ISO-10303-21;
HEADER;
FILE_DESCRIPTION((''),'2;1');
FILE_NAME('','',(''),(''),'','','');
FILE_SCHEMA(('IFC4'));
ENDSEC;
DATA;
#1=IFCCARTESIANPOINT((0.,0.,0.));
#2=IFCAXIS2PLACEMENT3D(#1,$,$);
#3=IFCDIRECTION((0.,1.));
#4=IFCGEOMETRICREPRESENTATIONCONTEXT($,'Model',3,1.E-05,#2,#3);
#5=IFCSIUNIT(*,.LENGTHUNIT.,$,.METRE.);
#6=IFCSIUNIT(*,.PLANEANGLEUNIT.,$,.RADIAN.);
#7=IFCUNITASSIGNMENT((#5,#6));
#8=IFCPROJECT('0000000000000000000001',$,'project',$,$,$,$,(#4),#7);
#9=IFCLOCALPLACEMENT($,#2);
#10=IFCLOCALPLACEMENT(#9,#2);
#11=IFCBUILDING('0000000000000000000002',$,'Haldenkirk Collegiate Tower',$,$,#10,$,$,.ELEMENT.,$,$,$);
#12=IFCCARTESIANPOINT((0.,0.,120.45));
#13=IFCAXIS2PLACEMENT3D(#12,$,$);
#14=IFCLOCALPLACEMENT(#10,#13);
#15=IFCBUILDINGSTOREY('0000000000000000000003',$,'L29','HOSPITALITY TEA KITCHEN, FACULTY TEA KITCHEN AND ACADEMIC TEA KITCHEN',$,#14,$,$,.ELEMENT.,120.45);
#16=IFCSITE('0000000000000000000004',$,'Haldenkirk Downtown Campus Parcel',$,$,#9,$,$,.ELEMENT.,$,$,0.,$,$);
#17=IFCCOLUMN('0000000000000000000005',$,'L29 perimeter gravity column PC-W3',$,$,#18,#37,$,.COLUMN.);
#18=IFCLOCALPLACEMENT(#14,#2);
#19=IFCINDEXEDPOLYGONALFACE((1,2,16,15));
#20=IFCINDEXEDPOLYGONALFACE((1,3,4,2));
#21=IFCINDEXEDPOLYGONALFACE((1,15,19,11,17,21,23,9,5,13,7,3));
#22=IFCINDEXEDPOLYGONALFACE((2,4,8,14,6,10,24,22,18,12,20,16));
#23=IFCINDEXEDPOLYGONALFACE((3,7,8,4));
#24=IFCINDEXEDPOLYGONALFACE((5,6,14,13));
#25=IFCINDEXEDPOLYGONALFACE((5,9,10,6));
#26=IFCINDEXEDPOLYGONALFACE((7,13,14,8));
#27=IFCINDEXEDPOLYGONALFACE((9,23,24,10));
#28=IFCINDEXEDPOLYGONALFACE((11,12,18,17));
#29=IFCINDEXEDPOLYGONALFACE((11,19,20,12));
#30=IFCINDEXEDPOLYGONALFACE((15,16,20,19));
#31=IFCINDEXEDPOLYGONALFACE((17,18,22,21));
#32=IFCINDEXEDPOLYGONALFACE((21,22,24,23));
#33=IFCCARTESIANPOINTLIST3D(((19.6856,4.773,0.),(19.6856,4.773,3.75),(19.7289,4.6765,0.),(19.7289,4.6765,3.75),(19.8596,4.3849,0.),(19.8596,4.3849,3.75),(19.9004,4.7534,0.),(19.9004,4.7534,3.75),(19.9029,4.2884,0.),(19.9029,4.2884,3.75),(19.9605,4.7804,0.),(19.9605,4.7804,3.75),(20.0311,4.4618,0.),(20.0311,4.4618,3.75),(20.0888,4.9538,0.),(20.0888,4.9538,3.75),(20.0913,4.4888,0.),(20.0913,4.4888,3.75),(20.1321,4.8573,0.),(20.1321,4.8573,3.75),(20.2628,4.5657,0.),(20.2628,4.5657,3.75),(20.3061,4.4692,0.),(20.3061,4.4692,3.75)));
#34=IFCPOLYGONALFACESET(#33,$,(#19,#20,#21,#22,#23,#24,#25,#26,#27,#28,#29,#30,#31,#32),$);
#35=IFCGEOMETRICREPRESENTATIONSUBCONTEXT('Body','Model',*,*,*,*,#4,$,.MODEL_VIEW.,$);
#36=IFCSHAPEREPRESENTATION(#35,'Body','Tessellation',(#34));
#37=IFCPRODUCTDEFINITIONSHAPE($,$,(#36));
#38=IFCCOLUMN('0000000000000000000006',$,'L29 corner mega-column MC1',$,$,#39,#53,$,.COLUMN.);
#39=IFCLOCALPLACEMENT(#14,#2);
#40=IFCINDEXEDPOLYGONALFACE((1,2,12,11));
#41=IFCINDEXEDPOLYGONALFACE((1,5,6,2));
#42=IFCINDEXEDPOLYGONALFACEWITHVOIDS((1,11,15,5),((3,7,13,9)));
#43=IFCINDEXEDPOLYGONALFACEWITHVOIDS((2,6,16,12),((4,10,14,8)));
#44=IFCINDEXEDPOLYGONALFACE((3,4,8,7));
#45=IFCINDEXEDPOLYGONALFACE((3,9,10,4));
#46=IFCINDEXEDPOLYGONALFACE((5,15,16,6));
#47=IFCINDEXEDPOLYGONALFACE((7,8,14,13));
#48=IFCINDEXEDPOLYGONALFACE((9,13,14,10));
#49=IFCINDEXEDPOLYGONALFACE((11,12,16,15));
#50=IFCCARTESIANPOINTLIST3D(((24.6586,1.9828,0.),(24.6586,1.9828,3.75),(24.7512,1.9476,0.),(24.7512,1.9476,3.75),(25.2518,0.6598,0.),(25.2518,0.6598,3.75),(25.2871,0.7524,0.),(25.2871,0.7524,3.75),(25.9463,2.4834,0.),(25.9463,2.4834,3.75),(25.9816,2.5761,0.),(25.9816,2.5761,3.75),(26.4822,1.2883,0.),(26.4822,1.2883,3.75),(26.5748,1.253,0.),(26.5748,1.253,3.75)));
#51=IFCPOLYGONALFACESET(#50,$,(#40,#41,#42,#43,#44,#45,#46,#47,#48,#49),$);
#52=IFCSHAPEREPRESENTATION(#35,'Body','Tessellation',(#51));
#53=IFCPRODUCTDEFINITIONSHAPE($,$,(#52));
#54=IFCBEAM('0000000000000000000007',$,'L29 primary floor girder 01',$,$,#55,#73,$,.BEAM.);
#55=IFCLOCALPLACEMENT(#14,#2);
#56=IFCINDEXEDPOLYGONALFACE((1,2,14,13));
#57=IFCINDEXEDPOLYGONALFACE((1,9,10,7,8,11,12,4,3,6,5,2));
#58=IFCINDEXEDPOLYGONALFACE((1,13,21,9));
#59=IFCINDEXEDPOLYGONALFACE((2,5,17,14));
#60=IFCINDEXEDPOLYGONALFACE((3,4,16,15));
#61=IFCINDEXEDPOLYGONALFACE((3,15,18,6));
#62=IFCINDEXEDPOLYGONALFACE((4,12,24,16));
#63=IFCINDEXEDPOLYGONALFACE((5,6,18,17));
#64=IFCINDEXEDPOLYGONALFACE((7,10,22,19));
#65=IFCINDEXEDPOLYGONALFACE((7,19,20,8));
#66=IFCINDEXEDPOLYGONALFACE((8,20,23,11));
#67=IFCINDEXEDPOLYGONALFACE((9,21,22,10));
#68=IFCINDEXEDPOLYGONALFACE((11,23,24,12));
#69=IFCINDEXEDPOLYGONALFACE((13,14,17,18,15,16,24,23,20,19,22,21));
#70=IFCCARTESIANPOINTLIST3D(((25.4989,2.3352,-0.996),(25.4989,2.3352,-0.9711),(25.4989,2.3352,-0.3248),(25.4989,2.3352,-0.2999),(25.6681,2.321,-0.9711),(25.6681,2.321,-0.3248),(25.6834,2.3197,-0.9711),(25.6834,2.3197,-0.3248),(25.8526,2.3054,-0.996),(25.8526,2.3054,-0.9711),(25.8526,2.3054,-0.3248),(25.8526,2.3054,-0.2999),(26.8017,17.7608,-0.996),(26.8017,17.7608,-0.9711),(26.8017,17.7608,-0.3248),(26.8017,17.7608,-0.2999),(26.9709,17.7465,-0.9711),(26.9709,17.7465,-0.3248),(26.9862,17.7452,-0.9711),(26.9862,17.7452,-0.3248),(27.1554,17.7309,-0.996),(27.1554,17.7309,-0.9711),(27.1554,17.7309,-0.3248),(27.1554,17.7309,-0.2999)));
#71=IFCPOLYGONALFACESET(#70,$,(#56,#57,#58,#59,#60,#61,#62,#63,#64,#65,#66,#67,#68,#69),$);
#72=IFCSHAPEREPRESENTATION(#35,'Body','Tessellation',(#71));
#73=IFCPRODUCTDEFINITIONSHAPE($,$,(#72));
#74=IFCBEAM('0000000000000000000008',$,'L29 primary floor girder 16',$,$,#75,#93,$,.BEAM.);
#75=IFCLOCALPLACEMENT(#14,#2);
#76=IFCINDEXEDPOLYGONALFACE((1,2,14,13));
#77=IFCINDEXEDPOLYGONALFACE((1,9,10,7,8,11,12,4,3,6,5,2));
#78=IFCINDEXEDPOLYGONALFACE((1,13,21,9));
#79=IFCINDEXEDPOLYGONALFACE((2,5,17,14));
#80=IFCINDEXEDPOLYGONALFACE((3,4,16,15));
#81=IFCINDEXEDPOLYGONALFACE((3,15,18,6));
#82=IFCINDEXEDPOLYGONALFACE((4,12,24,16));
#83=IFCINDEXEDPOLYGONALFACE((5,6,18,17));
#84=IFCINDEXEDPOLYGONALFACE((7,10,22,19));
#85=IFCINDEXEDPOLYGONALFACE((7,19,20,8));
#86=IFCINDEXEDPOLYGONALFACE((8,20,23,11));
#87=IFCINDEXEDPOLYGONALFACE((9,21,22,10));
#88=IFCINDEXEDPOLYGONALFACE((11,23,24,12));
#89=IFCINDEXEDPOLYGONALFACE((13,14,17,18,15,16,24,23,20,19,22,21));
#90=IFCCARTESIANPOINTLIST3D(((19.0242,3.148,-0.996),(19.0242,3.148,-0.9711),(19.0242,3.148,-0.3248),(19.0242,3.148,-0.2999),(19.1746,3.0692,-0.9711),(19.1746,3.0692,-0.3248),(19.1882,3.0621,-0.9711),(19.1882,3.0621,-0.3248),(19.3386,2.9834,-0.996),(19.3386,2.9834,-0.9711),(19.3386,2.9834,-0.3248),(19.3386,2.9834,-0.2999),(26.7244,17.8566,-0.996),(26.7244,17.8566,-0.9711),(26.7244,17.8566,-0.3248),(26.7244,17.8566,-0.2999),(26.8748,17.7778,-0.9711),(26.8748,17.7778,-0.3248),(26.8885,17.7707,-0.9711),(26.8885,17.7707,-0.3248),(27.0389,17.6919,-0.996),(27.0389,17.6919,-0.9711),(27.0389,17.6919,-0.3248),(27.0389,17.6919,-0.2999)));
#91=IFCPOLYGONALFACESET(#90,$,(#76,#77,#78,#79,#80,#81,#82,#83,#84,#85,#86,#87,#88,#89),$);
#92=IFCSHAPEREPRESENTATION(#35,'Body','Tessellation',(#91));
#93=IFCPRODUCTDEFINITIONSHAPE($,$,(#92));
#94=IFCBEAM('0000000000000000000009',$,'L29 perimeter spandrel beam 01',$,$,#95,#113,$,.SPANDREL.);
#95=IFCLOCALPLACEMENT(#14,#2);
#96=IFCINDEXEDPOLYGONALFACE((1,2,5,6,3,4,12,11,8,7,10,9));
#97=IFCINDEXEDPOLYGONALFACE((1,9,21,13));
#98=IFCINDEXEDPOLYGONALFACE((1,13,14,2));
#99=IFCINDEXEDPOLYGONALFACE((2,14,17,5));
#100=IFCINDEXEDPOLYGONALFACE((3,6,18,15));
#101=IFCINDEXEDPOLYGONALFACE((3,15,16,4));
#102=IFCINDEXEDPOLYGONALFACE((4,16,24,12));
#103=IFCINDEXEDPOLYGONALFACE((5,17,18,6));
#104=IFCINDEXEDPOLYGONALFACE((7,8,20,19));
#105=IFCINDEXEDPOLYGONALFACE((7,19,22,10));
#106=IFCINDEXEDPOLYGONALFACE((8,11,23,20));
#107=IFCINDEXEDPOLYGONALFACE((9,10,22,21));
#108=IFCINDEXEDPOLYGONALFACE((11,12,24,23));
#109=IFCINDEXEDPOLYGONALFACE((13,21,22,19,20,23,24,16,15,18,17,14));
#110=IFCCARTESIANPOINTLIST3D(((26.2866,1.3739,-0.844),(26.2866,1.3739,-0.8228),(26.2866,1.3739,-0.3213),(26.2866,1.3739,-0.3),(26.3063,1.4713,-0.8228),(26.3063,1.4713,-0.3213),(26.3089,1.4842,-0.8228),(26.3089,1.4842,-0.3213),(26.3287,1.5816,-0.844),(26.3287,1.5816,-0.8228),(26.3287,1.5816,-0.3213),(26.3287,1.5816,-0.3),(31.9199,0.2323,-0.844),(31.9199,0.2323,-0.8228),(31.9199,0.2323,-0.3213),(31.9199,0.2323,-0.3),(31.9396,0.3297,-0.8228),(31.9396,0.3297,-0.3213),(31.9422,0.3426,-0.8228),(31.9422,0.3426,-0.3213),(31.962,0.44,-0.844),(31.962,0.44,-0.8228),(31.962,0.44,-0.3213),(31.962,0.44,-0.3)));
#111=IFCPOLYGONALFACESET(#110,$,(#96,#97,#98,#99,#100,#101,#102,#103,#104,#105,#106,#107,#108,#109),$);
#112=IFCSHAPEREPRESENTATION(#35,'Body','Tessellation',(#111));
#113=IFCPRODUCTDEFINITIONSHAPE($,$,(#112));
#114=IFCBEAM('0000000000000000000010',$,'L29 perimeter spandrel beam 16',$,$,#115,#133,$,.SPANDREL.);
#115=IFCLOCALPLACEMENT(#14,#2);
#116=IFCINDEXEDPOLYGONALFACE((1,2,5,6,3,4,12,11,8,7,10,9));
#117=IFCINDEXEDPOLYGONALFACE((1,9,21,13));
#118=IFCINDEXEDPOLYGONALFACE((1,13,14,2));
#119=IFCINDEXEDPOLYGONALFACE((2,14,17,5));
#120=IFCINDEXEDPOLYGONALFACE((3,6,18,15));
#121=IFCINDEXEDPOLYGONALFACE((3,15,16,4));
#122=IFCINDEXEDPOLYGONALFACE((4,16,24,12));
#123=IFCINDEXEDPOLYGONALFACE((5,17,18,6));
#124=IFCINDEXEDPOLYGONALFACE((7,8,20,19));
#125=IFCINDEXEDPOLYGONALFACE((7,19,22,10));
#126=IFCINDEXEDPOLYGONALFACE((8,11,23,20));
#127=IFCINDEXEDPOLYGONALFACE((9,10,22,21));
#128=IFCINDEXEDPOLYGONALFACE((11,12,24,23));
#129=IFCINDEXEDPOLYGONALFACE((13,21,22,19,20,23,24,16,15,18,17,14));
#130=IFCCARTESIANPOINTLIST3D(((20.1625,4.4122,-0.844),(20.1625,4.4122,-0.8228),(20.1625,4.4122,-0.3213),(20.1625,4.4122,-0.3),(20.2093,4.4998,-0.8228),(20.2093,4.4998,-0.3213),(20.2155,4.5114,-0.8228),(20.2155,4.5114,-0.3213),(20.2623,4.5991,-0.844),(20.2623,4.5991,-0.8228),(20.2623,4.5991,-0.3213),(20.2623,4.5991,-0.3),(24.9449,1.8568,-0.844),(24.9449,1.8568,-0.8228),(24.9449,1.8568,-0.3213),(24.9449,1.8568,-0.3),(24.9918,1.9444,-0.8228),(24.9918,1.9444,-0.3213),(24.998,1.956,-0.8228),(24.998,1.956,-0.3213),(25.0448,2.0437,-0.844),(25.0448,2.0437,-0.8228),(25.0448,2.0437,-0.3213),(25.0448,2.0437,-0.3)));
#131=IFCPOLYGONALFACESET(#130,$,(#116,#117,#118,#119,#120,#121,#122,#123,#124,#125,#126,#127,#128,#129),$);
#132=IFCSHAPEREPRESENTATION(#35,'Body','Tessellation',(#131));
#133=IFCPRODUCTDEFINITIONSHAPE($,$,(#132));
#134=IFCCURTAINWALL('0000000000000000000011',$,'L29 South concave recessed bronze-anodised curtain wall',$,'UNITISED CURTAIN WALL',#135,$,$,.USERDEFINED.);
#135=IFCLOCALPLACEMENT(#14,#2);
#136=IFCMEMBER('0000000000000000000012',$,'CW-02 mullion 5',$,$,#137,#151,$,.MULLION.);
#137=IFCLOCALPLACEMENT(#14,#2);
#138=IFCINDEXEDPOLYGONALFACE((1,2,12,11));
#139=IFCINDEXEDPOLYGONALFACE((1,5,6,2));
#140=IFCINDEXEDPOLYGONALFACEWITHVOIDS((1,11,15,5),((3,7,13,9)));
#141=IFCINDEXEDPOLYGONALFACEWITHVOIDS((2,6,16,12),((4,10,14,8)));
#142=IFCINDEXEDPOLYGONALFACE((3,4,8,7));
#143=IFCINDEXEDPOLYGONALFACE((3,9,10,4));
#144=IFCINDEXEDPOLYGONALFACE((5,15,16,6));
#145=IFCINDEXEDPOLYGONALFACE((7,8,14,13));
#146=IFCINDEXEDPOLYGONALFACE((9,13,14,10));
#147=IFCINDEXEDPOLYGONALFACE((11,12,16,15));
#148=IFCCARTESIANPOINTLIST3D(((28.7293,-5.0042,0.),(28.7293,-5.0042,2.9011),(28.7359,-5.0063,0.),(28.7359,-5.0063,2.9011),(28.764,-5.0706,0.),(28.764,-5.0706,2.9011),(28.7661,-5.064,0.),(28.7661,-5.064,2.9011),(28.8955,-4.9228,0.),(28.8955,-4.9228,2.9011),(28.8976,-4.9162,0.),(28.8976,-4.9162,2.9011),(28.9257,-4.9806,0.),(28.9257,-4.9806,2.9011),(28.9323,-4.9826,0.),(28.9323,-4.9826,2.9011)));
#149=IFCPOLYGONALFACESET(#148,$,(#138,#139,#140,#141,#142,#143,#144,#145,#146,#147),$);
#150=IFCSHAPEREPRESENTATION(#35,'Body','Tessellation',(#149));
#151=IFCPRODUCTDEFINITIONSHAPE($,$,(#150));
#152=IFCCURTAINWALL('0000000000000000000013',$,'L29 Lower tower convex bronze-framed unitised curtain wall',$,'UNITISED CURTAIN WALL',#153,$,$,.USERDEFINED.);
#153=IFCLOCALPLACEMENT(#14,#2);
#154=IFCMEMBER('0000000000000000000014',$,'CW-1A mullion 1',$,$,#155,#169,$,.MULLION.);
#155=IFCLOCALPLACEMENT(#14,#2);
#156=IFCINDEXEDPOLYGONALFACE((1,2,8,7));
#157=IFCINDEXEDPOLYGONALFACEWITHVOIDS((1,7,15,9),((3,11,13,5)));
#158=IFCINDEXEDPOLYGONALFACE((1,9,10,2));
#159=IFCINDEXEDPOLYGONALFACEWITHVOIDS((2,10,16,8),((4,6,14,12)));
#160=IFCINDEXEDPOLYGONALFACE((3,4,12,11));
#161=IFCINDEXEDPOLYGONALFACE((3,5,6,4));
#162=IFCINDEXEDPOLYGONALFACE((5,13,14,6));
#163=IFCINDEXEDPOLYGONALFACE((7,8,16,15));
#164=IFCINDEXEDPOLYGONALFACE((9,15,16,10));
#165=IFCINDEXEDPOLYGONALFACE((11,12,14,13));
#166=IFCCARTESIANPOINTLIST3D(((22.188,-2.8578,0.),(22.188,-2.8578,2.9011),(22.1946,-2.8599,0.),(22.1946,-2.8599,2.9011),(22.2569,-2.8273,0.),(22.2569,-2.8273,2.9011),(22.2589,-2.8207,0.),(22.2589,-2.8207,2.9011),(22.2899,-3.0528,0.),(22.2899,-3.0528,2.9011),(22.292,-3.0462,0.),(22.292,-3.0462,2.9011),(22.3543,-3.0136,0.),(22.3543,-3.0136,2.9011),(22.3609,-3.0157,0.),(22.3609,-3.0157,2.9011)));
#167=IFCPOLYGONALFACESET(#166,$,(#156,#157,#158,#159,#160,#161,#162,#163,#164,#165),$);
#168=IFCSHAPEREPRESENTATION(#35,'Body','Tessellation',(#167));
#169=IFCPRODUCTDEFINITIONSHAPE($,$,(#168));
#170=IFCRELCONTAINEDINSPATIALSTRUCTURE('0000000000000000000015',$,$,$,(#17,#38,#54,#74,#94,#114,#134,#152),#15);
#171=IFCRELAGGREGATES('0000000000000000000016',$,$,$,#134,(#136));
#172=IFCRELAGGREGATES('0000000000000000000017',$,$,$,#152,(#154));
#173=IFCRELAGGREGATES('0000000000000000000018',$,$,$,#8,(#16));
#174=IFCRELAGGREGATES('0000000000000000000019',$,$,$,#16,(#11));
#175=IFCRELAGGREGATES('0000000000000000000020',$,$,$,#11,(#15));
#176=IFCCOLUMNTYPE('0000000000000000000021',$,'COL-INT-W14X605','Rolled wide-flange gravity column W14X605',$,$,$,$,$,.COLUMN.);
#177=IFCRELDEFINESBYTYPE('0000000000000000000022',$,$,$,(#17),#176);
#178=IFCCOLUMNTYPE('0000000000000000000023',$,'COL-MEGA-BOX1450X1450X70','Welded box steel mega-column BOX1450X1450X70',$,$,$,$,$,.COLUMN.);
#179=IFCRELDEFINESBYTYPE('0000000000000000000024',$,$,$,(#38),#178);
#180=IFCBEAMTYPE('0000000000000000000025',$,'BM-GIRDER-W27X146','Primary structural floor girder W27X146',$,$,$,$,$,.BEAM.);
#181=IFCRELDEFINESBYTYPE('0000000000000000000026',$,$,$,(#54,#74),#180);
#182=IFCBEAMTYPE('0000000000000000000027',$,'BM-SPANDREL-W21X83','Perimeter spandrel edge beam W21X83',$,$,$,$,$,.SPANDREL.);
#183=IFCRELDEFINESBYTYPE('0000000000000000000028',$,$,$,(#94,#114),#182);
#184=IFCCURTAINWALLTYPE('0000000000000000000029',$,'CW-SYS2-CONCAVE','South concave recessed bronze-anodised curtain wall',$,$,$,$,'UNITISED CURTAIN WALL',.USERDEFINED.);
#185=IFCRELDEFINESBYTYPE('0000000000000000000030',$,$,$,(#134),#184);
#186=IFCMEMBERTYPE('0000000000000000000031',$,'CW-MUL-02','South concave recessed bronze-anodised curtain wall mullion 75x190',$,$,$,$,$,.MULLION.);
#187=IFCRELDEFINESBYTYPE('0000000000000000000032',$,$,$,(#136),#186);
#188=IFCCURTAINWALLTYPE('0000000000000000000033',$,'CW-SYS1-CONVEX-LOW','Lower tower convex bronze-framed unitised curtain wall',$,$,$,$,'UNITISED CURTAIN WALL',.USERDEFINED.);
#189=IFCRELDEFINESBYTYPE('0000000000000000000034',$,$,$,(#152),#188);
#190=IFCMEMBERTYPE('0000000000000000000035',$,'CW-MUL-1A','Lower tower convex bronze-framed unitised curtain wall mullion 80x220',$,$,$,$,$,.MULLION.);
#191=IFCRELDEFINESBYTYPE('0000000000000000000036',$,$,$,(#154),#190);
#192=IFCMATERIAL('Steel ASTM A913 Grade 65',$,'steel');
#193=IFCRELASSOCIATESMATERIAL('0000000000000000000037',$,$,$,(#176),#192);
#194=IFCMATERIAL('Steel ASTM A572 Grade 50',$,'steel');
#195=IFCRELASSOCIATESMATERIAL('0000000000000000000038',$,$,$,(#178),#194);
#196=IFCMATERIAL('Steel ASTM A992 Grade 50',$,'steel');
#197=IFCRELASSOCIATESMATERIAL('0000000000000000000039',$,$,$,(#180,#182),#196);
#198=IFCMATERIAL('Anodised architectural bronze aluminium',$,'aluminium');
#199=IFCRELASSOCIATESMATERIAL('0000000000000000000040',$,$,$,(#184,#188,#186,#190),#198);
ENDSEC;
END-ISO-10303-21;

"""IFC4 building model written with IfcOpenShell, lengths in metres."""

from ifc_helpers import new_model, si_unit, direction, frame, origin, origin_2d, place, context, subcontext, project, spatial, hollow_rectangle, i_section, extrude, material, material_profile, profile_set, type_object, element, aggregate, save


model = new_model("IFC4")

# Units and contexts
model_context = context("Model", 3, precision=1e-05, world=origin(), true_north=direction((0.0, 1.0)))
body_context = subcontext(model_context, "Body", "Model", "MODEL_VIEW")
ifc_project = project(units=[si_unit("LENGTHUNIT", "METRE"), si_unit("PLANEANGLEUNIT", "RADIAN")], contexts=[model_context])

# Site, building, storey
site_placement = place(None, origin())
site = spatial("IfcSite", under=ifc_project, at=site_placement, Name="Haldenkirk Downtown Campus Parcel", CompositionType="ELEMENT", RefElevation=0.0)
building_placement = place(site_placement, origin())
building = spatial("IfcBuilding", under=site, at=building_placement, Name="Haldenkirk Collegiate Tower", CompositionType="ELEMENT")
storey_placement = place(building_placement, frame((0.0, 0.0, 120.45)))
storey = spatial("IfcBuildingStorey", under=building, at=storey_placement, Name="L29", Description="HOSPITALITY TEA KITCHEN, FACULTY TEA KITCHEN AND ACADEMIC TEA KITCHEN", CompositionType="ELEMENT", Elevation=120.45)

# Columns
ifc_material_1 = material(Name="Steel ASTM A913 Grade 65", Category="steel")
ifc_material_profile_1 = material_profile(ifc_material_1, i_section(OverallWidth=0.4419, OverallDepth=0.531, WebThickness=0.0659, FlangeThickness=0.1057, at=origin_2d()), Name="W14X605")
ifc_profile_set_1 = profile_set([ifc_material_profile_1], Name="Steel ASTM A913 Grade 65")
column_type_1 = type_object("IfcColumnType", Name="COL-INT-W14X605", Description="Rolled wide-flange gravity column W14X605", PredefinedType="COLUMN", material=ifc_profile_set_1)
column_1_placement = place(storey_placement, frame((19.9958, 4.6211, 0.0), z_axis=(0.0, 0.0, 1.0), x_axis=(0.912477, 0.409127, 0.0)))
element("IfcColumn", 1, at=column_1_placement, inside=storey, type_object=column_type_1, Name="L29 perimeter gravity column PC-W3", PredefinedType="COLUMN", context=body_context, shape_type="SweptSolid", body=[
    extrude(i_section(OverallWidth=0.4419, OverallDepth=0.531, WebThickness=0.0659, FlangeThickness=0.1057, at=origin_2d()), origin(), (0.0, 0.0, 1.0), 3.75),
])
ifc_material_2 = material(Name="Steel ASTM A572 Grade 50", Category="steel")
ifc_material_profile_2 = material_profile(ifc_material_2, hollow_rectangle(XDim=1.45, YDim=1.45, WallThickness=0.0701, at=origin_2d()), Name="BOX1450X1450X70")
ifc_profile_set_2 = profile_set([ifc_material_profile_2], Name="Steel ASTM A572 Grade 50")
column_type_2 = type_object("IfcColumnType", Name="COL-MEGA-BOX1450X1450X70", Description="Welded box steel mega-column BOX1450X1450X70", PredefinedType="COLUMN", material=ifc_profile_set_2)
column_2_placement = place(storey_placement, frame((25.6167, 1.6179, 0.0), z_axis=(0.0, 0.0, 1.0), x_axis=(0.912477, 0.409127, 0.0)))
element("IfcColumn", 2, at=column_2_placement, inside=storey, type_object=column_type_2, Name="L29 corner mega-column MC1", PredefinedType="COLUMN", context=body_context, shape_type="SweptSolid", body=[
    extrude(hollow_rectangle(XDim=1.45, YDim=1.45, WallThickness=0.0701, at=origin_2d()), origin(), (0.0, 0.0, 1.0), 3.75),
])

# Beams
ifc_material_3 = material(Name="Steel ASTM A992 Grade 50", Category="steel")
ifc_material_profile_3 = material_profile(ifc_material_3, i_section(OverallWidth=0.355, OverallDepth=0.696, WebThickness=0.0154, FlangeThickness=0.0249, at=origin_2d()), Name="W27X146")
ifc_profile_set_3 = profile_set([ifc_material_profile_3], Name="Steel ASTM A992 Grade 50")
beam_type_1 = type_object("IfcBeamType", Name="BM-GIRDER-W27X146", Description="Primary structural floor girder W27X146", PredefinedType="BEAM", material=ifc_profile_set_3)
beam_1_placement = place(storey_placement, frame((25.6758, 2.3203, -0.6479), z_axis=(0.084154, 0.996453, 0.0), x_axis=(-0.996453, 0.084154, 0.0)))
element("IfcBeam", 3, at=beam_1_placement, inside=storey, type_object=beam_type_1, Name="L29 primary floor girder 01", PredefinedType="BEAM", context=body_context, shape_type="SweptSolid", body=[
    extrude(i_section(OverallWidth=0.355, OverallDepth=0.696, WebThickness=0.0154, FlangeThickness=0.0249, at=origin_2d()), origin(), (0.0, 0.0, 1.0), 15.4805),
])
beam_2_placement = place(storey_placement, frame((19.1814, 3.0657, -0.6479), z_axis=(0.463806, 0.885937, 0.0), x_axis=(-0.885937, 0.463806, 0.0)))
element("IfcBeam", 4, at=beam_2_placement, inside=storey, type_object=beam_type_1, Name="L29 primary floor girder 16", PredefinedType="BEAM", context=body_context, shape_type="SweptSolid", body=[
    extrude(i_section(OverallWidth=0.355, OverallDepth=0.696, WebThickness=0.0154, FlangeThickness=0.0249, at=origin_2d()), origin(), (0.0, 0.0, 1.0), 16.6023),
])
ifc_material_profile_4 = material_profile(ifc_material_3, i_section(OverallWidth=0.2119, OverallDepth=0.5439, WebThickness=0.0132, FlangeThickness=0.0212, at=origin_2d()), Name="W21X83")
ifc_profile_set_4 = profile_set([ifc_material_profile_4], Name="Steel ASTM A992 Grade 50")
beam_type_2 = type_object("IfcBeamType", Name="BM-SPANDREL-W21X83", Description="Perimeter spandrel edge beam W21X83", PredefinedType="SPANDREL", material=ifc_profile_set_4)
beam_3_placement = place(storey_placement, frame((26.3076, 1.4778, -0.572), z_axis=(0.980078, -0.198615, 0.0), x_axis=(0.198615, 0.980078, 0.0)))
element("IfcBeam", 5, at=beam_3_placement, inside=storey, type_object=beam_type_2, Name="L29 perimeter spandrel beam 01", PredefinedType="SPANDREL", context=body_context, shape_type="SweptSolid", body=[
    extrude(i_section(OverallWidth=0.2119, OverallDepth=0.5439, WebThickness=0.0132, FlangeThickness=0.0212, at=origin_2d()), origin(), (0.0, 0.0, 1.0), 5.7478),
])
beam_4_placement = place(storey_placement, frame((20.2124, 4.5056, -0.572), z_axis=(0.881987, -0.471273, 0.0), x_axis=(0.471273, 0.881987, 0.0)))
element("IfcBeam", 6, at=beam_4_placement, inside=storey, type_object=beam_type_2, Name="L29 perimeter spandrel beam 16", PredefinedType="SPANDREL", context=body_context, shape_type="SweptSolid", body=[
    extrude(i_section(OverallWidth=0.2119, OverallDepth=0.5439, WebThickness=0.0132, FlangeThickness=0.0212, at=origin_2d()), origin(), (0.0, 0.0, 1.0), 5.4224),
])

# Curtain wall, member
ifc_material_4 = material(Name="Anodised architectural bronze aluminium", Category="aluminium")
curtain_wall_type_1 = type_object("IfcCurtainWallType", Name="CW-SYS2-CONCAVE", Description="South concave recessed bronze-anodised curtain wall", ElementType="UNITISED CURTAIN WALL", PredefinedType="USERDEFINED", material=ifc_material_4)
curtain_wall_1_placement = place(storey_placement, origin())
curtain_wall_1 = element("IfcCurtainWall", 7, at=curtain_wall_1_placement, inside=storey, type_object=curtain_wall_type_1, Name="L29 South concave recessed bronze-anodised curtain wall", ObjectType="UNITISED CURTAIN WALL", PredefinedType="USERDEFINED")
ifc_material_profile_5 = material_profile(ifc_material_4, hollow_rectangle(XDim=0.075, YDim=0.1899, WallThickness=0.0049, at=origin_2d()), Name="CW-MUL-02")
ifc_profile_set_5 = profile_set([ifc_material_profile_5], Name="Anodised architectural bronze aluminium")
member_type_1 = type_object("IfcMemberType", Name="CW-MUL-02", Description="South concave recessed bronze-anodised curtain wall mullion 75x190", PredefinedType="MULLION", material=ifc_profile_set_5)
member_1_placement = place(storey_placement, frame((28.8308, -4.9934, 0.0), z_axis=(0.0, 0.0, 1.0), x_axis=(0.463297, -0.886203, 0.0)))
member_1 = element("IfcMember", 8, at=member_1_placement, type_object=member_type_1, Name="CW-02 mullion 5", PredefinedType="MULLION", context=body_context, shape_type="SweptSolid", body=[
    extrude(hollow_rectangle(XDim=0.075, YDim=0.1899, WallThickness=0.0049, at=origin_2d()), origin(), (0.0, 0.0, 1.0), 2.9011),
])
aggregate(curtain_wall_1, [member_1])

# Curtain wall, member
curtain_wall_type_2 = type_object("IfcCurtainWallType", Name="CW-SYS1-CONVEX-LOW", Description="Lower tower convex bronze-framed unitised curtain wall", ElementType="UNITISED CURTAIN WALL", PredefinedType="USERDEFINED", material=ifc_material_4)
curtain_wall_2_placement = place(storey_placement, origin())
curtain_wall_2 = element("IfcCurtainWall", 9, at=curtain_wall_2_placement, inside=storey, type_object=curtain_wall_type_2, Name="L29 Lower tower convex bronze-framed unitised curtain wall", ObjectType="UNITISED CURTAIN WALL", PredefinedType="USERDEFINED")
ifc_material_profile_6 = material_profile(ifc_material_4, hollow_rectangle(XDim=0.0801, YDim=0.22, WallThickness=0.0049, at=origin_2d()), Name="CW-MUL-1A")
ifc_profile_set_6 = profile_set([ifc_material_profile_6], Name="Anodised architectural bronze aluminium")
member_type_2 = type_object("IfcMemberType", Name="CW-MUL-1A", Description="Lower tower convex bronze-framed unitised curtain wall mullion 80x220", PredefinedType="MULLION", material=ifc_profile_set_6)
member_2_placement = place(storey_placement, frame((22.2744, -2.9368, 0.0), z_axis=(0.0, 0.0, 1.0), x_axis=(-0.886205, -0.463294, 0.0)))
member_2 = element("IfcMember", 10, at=member_2_placement, type_object=member_type_2, Name="CW-1A mullion 1", PredefinedType="MULLION", context=body_context, shape_type="SweptSolid", body=[
    extrude(hollow_rectangle(XDim=0.0801, YDim=0.22, WallThickness=0.0049, at=origin_2d()), origin(), (0.0, 0.0, 1.0), 2.9011),
])
aggregate(curtain_wall_2, [member_2])

save(model, "model.ifc")
